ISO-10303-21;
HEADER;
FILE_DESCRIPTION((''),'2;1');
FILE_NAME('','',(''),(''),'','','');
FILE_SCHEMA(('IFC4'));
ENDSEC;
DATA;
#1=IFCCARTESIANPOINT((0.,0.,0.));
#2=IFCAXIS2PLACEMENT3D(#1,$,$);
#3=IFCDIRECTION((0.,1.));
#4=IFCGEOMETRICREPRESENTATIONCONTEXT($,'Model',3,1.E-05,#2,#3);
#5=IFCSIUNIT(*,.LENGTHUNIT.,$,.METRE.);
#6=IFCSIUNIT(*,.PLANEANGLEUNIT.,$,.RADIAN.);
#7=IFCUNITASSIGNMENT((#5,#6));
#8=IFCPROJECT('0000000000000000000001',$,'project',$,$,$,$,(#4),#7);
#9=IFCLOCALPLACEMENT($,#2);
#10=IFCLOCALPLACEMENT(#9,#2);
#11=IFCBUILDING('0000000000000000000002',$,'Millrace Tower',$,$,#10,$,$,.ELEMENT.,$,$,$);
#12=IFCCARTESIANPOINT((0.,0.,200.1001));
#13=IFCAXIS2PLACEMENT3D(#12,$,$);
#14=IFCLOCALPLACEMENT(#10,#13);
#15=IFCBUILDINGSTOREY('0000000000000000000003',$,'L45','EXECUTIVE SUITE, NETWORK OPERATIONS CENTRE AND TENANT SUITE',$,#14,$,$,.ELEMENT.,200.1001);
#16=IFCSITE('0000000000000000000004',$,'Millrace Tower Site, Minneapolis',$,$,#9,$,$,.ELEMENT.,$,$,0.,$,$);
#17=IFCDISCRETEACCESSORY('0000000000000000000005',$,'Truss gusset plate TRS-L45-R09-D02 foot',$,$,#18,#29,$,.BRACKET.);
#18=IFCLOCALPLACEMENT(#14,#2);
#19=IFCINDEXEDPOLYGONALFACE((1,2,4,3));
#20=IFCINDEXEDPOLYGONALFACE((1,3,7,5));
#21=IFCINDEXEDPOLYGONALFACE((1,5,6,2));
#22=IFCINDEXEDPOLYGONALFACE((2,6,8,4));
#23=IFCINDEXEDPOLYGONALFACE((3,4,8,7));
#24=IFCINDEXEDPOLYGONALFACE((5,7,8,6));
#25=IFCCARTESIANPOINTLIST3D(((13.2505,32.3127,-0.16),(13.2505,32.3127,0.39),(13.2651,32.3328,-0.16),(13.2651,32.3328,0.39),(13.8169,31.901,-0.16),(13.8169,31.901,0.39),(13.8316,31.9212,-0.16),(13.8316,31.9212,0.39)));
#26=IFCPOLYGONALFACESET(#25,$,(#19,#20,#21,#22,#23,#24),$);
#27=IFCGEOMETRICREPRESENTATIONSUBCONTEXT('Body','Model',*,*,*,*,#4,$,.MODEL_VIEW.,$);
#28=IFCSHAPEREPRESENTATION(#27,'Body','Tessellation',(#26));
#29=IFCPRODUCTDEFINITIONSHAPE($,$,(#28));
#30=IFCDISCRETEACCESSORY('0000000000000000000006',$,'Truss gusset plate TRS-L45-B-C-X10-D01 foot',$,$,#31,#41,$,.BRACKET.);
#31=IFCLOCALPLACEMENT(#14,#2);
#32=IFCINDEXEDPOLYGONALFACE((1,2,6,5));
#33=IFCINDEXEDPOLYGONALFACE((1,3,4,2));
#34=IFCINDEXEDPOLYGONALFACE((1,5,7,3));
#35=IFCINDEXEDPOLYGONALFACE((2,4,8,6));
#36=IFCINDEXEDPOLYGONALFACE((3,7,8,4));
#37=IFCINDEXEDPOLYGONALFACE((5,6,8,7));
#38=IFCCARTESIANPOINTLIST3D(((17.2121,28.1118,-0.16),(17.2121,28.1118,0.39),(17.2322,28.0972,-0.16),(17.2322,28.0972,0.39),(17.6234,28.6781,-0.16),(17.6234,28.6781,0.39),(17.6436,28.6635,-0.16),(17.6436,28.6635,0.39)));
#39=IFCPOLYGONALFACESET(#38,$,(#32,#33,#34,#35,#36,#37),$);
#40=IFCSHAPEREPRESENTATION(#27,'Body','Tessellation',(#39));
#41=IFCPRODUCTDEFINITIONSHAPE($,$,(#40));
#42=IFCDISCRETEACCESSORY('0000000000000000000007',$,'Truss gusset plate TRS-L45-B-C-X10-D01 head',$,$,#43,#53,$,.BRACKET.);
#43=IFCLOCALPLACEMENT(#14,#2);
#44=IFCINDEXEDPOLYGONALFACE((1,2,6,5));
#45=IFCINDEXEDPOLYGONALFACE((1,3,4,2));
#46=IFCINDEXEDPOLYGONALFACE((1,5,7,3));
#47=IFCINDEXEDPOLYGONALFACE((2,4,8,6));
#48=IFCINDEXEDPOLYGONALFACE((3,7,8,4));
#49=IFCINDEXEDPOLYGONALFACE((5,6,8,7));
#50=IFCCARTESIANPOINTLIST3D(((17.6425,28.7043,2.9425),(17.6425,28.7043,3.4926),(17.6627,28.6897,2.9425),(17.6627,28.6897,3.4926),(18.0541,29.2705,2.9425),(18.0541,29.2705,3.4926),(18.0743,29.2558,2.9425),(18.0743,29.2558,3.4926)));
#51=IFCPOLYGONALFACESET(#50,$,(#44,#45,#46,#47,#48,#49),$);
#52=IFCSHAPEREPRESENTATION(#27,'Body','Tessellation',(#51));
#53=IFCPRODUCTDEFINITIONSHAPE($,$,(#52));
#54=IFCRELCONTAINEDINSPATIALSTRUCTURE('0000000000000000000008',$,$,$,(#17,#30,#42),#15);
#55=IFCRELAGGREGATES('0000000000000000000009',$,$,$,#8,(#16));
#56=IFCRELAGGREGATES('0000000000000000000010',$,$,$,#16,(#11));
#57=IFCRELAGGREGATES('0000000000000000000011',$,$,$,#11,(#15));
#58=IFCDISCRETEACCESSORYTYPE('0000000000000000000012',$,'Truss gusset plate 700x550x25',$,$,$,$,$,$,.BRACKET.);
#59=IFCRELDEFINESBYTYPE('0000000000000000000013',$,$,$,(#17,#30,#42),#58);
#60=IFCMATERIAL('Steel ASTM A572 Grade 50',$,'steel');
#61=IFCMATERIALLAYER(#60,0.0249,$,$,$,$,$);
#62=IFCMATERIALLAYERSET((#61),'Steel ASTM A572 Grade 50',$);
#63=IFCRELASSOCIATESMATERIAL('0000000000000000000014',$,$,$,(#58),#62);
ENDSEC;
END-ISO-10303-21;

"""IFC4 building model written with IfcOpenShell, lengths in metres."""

from ifc_helpers import new_model, si_unit, direction, frame, origin, origin_2d, place, context, subcontext, project, spatial, rectangle, extrude, material, layer, layer_set, type_object, element, save


model = new_model("IFC4")

# Units and contexts
model_context = context("Model", 3, precision=1e-05, world=origin(), true_north=direction((0.0, 1.0)))
body_context = subcontext(model_context, "Body", "Model", "MODEL_VIEW")
ifc_project = project(units=[si_unit("LENGTHUNIT", "METRE"), si_unit("PLANEANGLEUNIT", "RADIAN")], contexts=[model_context])

# Site, building, storey
site_placement = place(None, origin())
site = spatial("IfcSite", under=ifc_project, at=site_placement, Name="Millrace Tower Site, Minneapolis", CompositionType="ELEMENT", RefElevation=0.0)
building_placement = place(site_placement, origin())
building = spatial("IfcBuilding", under=site, at=building_placement, Name="Millrace Tower", CompositionType="ELEMENT")
storey_placement = place(building_placement, frame((0.0, 0.0, 200.1001)))
storey = spatial("IfcBuildingStorey", under=building, at=storey_placement, Name="L45", Description="EXECUTIVE SUITE, NETWORK OPERATIONS CENTRE AND TENANT SUITE", CompositionType="ELEMENT", Elevation=200.1001)

# Discrete accessories
ifc_material_1 = material(Name="Steel ASTM A572 Grade 50", Category="steel")
ifc_layer_1 = layer(ifc_material_1, 0.0249)
ifc_layer_set_1 = layer_set([ifc_layer_1], Name="Steel ASTM A572 Grade 50")
discrete_accessory_type_1 = type_object("IfcDiscreteAccessoryType", Name="Truss gusset plate 700x550x25", PredefinedType="BRACKET", material=ifc_layer_set_1)
discrete_accessory_1_placement = place(storey_placement, frame((13.2578, 32.3228, 0.115), z_axis=(0.808947, -0.587881, 0.0), x_axis=(0.587881, 0.808947, 0.0)))
element("IfcDiscreteAccessory", 1, at=discrete_accessory_1_placement, inside=storey, type_object=discrete_accessory_type_1, Name="Truss gusset plate TRS-L45-R09-D02 foot", PredefinedType="BRACKET", context=body_context, shape_type="SweptSolid", body=[
    extrude(rectangle(XDim=0.0249, YDim=0.55, at=origin_2d()), origin(), (0.0, 0.0, 1.0), 0.7002),
])
for number, where, z_axis, x_axis, name in (
    (2, (17.2222, 28.1045, 0.115), (0.587653, 0.809113, 0.0), (-0.809113, 0.587653, 0.0), "Truss gusset plate TRS-L45-B-C-X10-D01 foot"),
    (3, (17.6526, 28.697, 3.2175), (0.588047, 0.808827, 0.0), (-0.808827, 0.588047, 0.0), "Truss gusset plate TRS-L45-B-C-X10-D01 head"),
):
    element("IfcDiscreteAccessory", number, at=place(storey_placement, frame(where, z_axis=z_axis, x_axis=x_axis)), inside=storey, type_object=discrete_accessory_type_1, Name=name, PredefinedType="BRACKET", context=body_context, shape_type="SweptSolid", body=[
        extrude(rectangle(XDim=0.0249, YDim=0.55, at=origin_2d()), origin(), (0.0, 0.0, 1.0), 0.7),
    ])

save(model, "model.ifc")
